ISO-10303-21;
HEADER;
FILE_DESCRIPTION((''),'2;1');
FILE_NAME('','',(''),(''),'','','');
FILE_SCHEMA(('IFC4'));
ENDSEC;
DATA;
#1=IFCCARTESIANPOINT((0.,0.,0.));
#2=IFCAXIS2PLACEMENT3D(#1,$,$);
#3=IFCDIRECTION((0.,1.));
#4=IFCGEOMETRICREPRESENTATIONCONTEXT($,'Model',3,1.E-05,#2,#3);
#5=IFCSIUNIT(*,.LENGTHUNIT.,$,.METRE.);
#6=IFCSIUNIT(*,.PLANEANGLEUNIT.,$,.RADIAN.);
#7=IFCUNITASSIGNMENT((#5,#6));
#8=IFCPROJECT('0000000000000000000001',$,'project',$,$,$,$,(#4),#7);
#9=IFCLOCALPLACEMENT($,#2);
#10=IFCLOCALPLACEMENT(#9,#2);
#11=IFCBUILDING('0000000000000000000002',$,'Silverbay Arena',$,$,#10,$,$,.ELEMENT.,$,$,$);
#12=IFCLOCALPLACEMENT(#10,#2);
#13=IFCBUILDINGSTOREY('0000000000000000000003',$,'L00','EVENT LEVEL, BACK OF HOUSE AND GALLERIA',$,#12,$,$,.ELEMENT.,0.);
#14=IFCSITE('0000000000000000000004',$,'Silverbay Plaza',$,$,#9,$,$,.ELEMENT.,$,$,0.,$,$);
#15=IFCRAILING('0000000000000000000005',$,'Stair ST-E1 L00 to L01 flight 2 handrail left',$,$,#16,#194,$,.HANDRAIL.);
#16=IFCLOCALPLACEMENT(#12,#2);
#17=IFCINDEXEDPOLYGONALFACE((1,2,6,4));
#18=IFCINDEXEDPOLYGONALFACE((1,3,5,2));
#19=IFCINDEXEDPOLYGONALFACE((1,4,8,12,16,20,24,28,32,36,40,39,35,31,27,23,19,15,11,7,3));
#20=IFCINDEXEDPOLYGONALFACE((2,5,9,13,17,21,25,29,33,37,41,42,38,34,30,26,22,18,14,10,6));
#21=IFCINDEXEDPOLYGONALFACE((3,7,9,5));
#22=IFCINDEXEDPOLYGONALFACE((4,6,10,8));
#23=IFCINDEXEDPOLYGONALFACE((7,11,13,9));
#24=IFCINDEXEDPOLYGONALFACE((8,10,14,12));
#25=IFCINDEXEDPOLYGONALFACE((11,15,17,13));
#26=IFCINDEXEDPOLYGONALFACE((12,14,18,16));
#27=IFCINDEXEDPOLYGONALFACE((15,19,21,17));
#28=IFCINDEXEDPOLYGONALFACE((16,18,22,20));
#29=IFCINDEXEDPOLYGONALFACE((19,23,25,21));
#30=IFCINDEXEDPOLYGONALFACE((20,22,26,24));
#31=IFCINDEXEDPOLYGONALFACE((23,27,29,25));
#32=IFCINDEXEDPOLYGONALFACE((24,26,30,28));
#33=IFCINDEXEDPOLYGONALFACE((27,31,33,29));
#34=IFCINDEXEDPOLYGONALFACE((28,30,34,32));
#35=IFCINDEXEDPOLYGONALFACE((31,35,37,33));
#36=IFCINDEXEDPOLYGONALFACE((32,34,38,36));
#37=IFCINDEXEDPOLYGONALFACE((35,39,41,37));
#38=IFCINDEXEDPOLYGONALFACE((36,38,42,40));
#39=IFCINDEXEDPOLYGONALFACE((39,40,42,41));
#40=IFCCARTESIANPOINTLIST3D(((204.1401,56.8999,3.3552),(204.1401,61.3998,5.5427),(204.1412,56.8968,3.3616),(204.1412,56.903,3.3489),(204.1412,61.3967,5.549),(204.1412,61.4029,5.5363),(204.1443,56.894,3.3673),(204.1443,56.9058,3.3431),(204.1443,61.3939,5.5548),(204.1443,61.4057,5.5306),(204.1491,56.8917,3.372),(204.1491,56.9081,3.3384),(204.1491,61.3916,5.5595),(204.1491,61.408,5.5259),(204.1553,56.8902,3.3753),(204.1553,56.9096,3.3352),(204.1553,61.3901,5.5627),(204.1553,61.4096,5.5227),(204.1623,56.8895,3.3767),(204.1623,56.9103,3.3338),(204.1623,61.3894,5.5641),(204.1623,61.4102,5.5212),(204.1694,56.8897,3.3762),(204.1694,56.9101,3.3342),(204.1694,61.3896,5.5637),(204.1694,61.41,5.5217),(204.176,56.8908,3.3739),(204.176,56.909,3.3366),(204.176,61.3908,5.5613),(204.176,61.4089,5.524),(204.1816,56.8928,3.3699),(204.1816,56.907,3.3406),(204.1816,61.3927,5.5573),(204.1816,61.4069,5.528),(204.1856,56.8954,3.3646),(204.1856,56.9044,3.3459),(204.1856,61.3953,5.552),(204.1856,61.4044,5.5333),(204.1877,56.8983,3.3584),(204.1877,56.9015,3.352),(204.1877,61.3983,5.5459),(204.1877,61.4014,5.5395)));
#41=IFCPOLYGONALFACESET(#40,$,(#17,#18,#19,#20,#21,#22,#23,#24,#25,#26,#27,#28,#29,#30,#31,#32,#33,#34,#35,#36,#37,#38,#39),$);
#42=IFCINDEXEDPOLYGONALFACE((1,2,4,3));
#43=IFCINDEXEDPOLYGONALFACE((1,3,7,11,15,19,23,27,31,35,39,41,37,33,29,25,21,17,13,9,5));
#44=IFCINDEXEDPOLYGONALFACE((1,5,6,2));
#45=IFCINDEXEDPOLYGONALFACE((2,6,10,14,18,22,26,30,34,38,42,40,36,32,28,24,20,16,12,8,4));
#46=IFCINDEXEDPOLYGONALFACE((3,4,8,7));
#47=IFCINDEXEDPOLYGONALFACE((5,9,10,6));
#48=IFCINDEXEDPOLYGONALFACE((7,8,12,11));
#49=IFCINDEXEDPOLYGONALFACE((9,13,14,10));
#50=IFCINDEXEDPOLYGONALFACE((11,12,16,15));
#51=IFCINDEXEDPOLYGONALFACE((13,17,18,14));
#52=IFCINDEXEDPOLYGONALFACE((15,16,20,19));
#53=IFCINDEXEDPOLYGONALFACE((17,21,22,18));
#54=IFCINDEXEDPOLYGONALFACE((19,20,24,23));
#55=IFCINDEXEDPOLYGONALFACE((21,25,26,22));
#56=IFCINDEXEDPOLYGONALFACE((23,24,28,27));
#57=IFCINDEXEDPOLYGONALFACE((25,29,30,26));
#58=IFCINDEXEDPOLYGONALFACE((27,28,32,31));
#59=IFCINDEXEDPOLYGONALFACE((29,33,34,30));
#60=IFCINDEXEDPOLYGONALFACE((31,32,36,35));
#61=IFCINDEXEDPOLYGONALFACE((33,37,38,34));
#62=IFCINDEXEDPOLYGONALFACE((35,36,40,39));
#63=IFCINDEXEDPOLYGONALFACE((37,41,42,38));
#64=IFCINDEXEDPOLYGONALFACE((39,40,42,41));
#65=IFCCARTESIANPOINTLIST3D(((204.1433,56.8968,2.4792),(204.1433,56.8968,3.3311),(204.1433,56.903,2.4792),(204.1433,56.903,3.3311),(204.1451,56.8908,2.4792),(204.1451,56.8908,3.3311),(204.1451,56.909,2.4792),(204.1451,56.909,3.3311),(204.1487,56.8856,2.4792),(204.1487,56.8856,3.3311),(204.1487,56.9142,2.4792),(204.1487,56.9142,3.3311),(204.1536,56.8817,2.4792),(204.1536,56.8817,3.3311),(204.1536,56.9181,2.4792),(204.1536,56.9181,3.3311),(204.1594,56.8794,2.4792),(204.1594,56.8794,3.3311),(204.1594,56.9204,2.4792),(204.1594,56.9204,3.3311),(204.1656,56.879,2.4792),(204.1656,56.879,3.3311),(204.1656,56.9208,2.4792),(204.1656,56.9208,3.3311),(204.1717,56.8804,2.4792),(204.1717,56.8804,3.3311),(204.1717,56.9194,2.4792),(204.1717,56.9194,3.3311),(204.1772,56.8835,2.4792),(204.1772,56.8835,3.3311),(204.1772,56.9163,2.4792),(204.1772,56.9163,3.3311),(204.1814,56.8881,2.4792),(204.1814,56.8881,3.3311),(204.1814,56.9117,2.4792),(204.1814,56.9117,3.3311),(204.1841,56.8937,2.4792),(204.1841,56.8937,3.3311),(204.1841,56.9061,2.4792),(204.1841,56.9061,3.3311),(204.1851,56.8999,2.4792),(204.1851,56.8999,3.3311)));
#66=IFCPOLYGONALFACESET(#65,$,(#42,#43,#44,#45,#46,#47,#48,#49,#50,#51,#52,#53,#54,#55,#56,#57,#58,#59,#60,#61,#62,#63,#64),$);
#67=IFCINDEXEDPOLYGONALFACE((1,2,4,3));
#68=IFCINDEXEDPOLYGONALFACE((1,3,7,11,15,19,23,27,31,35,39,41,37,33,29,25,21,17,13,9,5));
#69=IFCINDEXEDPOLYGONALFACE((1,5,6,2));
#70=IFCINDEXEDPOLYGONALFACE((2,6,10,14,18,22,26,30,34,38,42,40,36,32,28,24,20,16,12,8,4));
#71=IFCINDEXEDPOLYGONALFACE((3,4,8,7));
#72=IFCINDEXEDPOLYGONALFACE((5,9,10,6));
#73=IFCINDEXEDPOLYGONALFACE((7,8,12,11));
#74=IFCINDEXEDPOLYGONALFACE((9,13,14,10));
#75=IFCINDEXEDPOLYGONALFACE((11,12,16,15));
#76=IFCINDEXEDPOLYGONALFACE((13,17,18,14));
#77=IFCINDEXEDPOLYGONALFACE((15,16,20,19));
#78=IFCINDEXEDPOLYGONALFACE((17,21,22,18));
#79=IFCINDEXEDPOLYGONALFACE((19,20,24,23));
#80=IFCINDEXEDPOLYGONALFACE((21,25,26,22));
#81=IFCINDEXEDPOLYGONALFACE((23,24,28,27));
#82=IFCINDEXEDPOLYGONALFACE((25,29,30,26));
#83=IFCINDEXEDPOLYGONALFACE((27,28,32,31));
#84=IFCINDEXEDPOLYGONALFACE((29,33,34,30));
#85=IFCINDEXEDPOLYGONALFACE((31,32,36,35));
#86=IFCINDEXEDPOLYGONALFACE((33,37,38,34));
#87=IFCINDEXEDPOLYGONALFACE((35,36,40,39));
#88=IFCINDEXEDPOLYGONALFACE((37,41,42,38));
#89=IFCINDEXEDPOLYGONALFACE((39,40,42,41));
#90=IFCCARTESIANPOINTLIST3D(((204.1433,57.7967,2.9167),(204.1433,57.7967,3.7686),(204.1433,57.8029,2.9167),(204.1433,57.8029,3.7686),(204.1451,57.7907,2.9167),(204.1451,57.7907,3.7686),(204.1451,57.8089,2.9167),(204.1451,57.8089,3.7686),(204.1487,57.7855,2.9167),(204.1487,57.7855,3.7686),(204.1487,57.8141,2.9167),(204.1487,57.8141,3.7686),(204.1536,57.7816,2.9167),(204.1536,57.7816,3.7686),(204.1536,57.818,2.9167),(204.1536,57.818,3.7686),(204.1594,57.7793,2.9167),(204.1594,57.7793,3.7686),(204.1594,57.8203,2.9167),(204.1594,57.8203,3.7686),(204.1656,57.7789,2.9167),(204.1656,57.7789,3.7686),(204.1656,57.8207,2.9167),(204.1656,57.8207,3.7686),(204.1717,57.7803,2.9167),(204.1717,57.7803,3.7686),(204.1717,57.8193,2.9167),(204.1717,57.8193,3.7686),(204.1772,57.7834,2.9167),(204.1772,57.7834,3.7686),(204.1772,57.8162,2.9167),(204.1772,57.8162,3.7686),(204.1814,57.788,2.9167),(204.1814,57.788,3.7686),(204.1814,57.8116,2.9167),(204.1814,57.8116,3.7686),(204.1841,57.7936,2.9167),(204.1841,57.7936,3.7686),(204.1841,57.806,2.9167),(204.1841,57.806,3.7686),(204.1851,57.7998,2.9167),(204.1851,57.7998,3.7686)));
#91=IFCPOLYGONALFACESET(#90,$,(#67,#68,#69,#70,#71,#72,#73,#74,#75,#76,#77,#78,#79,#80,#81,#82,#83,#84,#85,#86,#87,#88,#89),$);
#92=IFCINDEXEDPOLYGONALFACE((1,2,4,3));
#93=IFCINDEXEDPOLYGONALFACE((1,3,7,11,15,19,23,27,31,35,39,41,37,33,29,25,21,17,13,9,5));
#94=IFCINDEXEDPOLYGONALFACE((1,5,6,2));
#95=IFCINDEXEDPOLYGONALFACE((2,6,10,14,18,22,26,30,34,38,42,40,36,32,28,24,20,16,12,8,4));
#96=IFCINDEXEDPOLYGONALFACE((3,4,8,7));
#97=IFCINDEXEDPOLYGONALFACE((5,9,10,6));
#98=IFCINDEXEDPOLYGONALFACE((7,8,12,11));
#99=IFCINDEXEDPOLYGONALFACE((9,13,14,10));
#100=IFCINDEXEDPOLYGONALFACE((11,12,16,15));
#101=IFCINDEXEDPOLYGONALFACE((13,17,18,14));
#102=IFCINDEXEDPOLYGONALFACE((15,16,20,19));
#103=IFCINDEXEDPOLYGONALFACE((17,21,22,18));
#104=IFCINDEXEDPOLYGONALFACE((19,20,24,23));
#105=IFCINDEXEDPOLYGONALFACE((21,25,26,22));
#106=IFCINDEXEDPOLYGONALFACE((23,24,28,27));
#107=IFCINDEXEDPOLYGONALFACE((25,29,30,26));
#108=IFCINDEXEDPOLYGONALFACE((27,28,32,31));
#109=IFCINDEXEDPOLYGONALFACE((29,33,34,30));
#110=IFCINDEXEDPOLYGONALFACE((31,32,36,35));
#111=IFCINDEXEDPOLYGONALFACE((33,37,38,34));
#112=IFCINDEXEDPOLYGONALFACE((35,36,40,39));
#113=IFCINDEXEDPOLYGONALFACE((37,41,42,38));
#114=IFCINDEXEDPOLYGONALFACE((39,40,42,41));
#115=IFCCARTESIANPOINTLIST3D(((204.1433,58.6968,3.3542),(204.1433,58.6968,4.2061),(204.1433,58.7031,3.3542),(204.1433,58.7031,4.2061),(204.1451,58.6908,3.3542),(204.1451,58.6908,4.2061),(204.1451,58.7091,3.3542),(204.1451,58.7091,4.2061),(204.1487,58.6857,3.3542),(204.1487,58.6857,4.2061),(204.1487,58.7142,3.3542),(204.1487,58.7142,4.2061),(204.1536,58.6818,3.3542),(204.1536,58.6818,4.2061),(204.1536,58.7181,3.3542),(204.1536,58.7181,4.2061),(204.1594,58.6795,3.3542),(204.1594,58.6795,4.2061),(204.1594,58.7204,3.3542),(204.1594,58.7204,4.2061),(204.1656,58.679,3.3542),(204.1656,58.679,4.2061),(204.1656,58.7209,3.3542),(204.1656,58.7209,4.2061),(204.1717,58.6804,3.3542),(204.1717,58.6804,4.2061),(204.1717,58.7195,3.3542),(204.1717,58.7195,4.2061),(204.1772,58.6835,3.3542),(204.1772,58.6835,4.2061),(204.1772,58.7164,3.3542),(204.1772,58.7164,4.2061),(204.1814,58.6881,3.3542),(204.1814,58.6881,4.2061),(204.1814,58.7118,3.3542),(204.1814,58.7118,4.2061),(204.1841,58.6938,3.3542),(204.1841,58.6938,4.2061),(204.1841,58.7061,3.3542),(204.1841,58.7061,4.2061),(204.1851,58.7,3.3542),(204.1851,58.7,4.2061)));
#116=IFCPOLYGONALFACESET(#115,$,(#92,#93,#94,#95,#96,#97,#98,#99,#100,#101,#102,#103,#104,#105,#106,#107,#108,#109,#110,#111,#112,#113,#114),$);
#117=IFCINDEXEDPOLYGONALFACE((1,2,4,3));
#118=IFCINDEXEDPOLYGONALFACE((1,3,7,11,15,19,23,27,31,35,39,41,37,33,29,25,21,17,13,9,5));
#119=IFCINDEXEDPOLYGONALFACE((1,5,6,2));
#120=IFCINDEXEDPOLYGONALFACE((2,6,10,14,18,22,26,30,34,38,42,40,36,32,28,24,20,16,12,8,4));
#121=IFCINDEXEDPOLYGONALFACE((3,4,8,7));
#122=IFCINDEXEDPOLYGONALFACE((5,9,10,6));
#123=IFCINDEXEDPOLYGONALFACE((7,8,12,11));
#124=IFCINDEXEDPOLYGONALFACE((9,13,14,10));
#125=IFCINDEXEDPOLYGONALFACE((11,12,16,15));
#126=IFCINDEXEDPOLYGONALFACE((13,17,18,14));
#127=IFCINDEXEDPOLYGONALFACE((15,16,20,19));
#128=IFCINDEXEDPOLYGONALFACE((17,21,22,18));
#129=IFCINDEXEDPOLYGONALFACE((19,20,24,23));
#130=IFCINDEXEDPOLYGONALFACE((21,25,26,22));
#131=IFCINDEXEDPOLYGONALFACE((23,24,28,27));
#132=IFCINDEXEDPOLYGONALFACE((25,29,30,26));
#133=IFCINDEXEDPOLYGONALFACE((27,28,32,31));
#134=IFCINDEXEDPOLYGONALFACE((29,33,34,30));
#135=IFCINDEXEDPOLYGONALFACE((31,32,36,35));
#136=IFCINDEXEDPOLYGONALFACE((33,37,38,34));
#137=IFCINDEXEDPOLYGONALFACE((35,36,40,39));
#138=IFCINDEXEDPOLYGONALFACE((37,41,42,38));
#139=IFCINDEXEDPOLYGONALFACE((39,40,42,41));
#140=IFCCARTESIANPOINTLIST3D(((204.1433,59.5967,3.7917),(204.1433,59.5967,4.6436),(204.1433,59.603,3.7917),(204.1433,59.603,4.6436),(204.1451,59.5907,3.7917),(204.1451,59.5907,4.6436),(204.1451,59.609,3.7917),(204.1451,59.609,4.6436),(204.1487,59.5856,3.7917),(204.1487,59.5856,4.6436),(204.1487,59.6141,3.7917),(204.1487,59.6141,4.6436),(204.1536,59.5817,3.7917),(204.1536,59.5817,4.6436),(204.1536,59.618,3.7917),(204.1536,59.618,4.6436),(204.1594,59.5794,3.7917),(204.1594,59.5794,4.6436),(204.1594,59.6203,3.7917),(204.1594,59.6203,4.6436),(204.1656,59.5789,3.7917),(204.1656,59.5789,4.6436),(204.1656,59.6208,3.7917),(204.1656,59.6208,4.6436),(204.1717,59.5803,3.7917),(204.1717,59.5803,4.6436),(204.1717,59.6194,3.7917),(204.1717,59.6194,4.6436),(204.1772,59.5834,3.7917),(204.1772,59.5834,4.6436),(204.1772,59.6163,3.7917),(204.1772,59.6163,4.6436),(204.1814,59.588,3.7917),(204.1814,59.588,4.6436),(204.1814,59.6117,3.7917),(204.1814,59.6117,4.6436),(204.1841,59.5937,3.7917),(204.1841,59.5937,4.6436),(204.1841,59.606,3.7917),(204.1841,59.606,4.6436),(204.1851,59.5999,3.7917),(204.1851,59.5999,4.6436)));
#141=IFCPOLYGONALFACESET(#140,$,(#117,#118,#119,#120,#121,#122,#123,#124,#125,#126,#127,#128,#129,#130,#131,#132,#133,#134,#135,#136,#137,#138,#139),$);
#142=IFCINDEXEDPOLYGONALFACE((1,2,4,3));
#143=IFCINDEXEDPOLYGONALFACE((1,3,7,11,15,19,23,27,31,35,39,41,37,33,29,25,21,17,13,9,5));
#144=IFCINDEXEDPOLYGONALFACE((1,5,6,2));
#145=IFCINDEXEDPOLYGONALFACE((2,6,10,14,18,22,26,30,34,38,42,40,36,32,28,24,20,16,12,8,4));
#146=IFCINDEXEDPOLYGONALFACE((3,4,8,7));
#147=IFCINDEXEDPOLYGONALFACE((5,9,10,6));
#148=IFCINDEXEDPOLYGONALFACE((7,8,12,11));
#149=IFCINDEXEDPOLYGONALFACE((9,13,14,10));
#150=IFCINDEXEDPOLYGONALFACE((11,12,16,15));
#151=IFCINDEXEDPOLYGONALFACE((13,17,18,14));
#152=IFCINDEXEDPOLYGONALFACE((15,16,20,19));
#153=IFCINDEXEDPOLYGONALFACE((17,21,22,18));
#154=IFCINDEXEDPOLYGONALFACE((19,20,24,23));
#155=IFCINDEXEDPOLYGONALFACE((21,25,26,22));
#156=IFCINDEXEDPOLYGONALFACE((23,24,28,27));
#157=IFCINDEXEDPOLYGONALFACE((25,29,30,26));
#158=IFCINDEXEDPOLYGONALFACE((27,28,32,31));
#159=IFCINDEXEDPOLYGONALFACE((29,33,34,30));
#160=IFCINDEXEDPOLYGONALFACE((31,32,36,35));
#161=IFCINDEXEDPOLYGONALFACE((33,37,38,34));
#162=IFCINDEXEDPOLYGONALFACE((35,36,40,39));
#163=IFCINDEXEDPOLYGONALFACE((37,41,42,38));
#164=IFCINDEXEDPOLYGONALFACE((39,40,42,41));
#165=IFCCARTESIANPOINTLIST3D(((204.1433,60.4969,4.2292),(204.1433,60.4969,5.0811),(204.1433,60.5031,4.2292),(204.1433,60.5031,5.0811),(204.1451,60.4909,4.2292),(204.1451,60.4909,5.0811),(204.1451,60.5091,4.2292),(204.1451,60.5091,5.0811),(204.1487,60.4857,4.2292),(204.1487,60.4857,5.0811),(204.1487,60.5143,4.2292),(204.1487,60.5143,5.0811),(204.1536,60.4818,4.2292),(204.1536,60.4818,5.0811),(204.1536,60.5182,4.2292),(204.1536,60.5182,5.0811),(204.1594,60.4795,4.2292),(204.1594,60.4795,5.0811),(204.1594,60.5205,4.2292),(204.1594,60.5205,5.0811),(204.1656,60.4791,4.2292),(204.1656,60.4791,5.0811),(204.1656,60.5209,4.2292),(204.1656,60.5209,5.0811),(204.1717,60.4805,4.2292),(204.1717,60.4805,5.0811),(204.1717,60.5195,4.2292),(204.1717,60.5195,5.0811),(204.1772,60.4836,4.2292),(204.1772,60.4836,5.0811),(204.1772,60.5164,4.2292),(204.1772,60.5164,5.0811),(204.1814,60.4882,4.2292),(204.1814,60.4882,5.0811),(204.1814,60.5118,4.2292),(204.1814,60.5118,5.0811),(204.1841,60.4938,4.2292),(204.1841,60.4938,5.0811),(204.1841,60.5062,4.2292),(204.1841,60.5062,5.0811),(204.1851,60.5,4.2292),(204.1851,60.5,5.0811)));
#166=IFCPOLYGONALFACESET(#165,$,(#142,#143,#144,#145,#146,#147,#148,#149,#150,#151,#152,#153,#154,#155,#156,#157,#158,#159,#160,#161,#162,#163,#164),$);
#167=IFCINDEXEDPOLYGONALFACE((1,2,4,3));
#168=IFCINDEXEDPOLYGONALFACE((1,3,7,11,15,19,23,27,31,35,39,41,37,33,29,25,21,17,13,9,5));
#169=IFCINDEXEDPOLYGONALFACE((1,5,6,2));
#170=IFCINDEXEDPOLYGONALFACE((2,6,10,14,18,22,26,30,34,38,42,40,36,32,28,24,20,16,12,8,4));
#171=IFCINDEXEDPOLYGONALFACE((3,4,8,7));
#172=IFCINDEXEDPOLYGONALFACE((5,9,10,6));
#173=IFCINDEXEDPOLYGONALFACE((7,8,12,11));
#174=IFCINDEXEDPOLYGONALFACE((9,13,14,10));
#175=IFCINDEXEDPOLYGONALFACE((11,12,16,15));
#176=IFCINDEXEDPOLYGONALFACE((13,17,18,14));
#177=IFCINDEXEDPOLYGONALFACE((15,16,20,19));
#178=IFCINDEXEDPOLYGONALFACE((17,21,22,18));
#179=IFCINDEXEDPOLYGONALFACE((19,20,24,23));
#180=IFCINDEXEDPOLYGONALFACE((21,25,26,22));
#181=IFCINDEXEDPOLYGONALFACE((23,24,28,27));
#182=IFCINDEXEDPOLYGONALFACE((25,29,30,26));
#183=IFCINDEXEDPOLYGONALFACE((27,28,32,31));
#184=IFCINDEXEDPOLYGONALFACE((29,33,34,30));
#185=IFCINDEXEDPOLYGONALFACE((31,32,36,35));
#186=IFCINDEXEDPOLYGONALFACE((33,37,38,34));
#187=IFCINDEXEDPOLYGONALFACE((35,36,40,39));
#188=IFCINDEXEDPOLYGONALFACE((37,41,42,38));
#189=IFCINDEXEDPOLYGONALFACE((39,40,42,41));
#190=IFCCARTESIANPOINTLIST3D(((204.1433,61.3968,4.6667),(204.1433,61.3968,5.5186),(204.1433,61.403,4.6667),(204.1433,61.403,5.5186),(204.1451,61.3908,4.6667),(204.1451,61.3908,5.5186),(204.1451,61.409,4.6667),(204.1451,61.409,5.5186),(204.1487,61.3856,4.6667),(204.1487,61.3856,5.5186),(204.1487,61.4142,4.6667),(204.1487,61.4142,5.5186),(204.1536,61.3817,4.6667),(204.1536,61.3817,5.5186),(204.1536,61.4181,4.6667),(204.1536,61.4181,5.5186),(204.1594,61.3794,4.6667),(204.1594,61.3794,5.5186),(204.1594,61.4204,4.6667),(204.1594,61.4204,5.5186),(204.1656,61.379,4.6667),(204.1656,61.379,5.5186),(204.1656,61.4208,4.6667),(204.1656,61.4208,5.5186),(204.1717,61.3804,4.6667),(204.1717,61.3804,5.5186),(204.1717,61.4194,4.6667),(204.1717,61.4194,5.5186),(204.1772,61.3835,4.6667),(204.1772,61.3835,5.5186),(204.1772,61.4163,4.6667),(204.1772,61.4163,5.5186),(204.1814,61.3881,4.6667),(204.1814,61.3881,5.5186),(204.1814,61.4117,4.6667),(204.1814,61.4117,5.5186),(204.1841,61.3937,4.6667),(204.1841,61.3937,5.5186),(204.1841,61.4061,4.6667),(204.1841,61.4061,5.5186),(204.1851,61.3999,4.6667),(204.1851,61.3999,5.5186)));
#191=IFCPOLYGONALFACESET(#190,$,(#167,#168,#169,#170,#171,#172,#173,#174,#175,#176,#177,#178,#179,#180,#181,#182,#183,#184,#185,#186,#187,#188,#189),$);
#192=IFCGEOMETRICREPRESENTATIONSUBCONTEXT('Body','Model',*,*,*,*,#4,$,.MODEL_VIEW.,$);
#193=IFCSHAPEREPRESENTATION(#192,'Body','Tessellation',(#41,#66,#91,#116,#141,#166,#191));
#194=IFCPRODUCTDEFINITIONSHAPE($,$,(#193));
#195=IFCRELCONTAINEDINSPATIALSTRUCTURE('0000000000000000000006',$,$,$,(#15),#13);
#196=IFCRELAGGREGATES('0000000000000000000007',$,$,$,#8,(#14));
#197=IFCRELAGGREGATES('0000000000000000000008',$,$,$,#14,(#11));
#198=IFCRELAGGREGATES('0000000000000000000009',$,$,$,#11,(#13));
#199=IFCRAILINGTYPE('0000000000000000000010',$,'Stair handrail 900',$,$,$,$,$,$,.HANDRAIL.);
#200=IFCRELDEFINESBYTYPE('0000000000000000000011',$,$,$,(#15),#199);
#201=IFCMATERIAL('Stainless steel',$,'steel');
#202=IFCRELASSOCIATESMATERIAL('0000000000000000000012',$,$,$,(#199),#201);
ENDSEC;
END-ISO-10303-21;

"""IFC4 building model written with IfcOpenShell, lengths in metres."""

from ifc_helpers import new_model, si_unit, direction, frame, origin, origin_2d, place, context, subcontext, project, spatial, circle, extrude, material, type_object, element, save


model = new_model("IFC4")

# Units and contexts
model_context = context("Model", 3, precision=1e-05, world=origin(), true_north=direction((0.0, 1.0)))
body_context = subcontext(model_context, "Body", "Model", "MODEL_VIEW")
ifc_project = project(units=[si_unit("LENGTHUNIT", "METRE"), si_unit("PLANEANGLEUNIT", "RADIAN")], contexts=[model_context])

# Site, building, storey
site_placement = place(None, origin())
site = spatial("IfcSite", under=ifc_project, at=site_placement, Name="Silverbay Plaza", CompositionType="ELEMENT", RefElevation=0.0)
building_placement = place(site_placement, origin())
building = spatial("IfcBuilding", under=site, at=building_placement, Name="Silverbay Arena", CompositionType="ELEMENT")
storey_placement = place(building_placement, origin())
storey = spatial("IfcBuildingStorey", under=building, at=storey_placement, Name="L00", Description="EVENT LEVEL, BACK OF HOUSE AND GALLERIA", CompositionType="ELEMENT", Elevation=0.0)

# Railing
ifc_material_1 = material(Name="Stainless steel", Category="steel")
railing_type_1 = type_object("IfcRailingType", Name="Stair handrail 900", PredefinedType="HANDRAIL", material=ifc_material_1)
for number, where, name in (
    (1, (204.1641, 56.8999, 2.4792), "Stair ST-E1 L00 to L01 flight 2 handrail left"),
):
    element("IfcRailing", number, at=place(storey_placement, frame(where)), inside=storey, type_object=railing_type_1, Name=name, PredefinedType="HANDRAIL", context=body_context, shape_type="SweptSolid", body=[
        extrude(circle(Radius=0.0239, at=origin_2d()), frame((0.0, 0.0, 0.876), z_axis=(0.0, 0.899368, 0.437193), x_axis=(-1.0, 0.0, 0.0)), (0.0, 0.0, 1.0), 5.0034),
        extrude(circle(Radius=0.021, at=origin_2d()), origin(), (0.0, 0.0, 1.0), 0.8518),
        extrude(circle(Radius=0.021, at=origin_2d()), frame((0.0, 0.8999, 0.4375)), (0.0, 0.0, 1.0), 0.8518),
        extrude(circle(Radius=0.021, at=origin_2d()), frame((0.0, 1.8, 0.875)), (0.0, 0.0, 1.0), 0.8518),
        extrude(circle(Radius=0.021, at=origin_2d()), frame((0.0, 2.7, 1.3125)), (0.0, 0.0, 1.0), 0.8518),
        extrude(circle(Radius=0.021, at=origin_2d()), frame((0.0, 3.6001, 1.75)), (0.0, 0.0, 1.0), 0.8518),
        extrude(circle(Radius=0.021, at=origin_2d()), frame((0.0, 4.5, 2.1875)), (0.0, 0.0, 1.0), 0.8518),
    ])

save(model, "model.ifc")
